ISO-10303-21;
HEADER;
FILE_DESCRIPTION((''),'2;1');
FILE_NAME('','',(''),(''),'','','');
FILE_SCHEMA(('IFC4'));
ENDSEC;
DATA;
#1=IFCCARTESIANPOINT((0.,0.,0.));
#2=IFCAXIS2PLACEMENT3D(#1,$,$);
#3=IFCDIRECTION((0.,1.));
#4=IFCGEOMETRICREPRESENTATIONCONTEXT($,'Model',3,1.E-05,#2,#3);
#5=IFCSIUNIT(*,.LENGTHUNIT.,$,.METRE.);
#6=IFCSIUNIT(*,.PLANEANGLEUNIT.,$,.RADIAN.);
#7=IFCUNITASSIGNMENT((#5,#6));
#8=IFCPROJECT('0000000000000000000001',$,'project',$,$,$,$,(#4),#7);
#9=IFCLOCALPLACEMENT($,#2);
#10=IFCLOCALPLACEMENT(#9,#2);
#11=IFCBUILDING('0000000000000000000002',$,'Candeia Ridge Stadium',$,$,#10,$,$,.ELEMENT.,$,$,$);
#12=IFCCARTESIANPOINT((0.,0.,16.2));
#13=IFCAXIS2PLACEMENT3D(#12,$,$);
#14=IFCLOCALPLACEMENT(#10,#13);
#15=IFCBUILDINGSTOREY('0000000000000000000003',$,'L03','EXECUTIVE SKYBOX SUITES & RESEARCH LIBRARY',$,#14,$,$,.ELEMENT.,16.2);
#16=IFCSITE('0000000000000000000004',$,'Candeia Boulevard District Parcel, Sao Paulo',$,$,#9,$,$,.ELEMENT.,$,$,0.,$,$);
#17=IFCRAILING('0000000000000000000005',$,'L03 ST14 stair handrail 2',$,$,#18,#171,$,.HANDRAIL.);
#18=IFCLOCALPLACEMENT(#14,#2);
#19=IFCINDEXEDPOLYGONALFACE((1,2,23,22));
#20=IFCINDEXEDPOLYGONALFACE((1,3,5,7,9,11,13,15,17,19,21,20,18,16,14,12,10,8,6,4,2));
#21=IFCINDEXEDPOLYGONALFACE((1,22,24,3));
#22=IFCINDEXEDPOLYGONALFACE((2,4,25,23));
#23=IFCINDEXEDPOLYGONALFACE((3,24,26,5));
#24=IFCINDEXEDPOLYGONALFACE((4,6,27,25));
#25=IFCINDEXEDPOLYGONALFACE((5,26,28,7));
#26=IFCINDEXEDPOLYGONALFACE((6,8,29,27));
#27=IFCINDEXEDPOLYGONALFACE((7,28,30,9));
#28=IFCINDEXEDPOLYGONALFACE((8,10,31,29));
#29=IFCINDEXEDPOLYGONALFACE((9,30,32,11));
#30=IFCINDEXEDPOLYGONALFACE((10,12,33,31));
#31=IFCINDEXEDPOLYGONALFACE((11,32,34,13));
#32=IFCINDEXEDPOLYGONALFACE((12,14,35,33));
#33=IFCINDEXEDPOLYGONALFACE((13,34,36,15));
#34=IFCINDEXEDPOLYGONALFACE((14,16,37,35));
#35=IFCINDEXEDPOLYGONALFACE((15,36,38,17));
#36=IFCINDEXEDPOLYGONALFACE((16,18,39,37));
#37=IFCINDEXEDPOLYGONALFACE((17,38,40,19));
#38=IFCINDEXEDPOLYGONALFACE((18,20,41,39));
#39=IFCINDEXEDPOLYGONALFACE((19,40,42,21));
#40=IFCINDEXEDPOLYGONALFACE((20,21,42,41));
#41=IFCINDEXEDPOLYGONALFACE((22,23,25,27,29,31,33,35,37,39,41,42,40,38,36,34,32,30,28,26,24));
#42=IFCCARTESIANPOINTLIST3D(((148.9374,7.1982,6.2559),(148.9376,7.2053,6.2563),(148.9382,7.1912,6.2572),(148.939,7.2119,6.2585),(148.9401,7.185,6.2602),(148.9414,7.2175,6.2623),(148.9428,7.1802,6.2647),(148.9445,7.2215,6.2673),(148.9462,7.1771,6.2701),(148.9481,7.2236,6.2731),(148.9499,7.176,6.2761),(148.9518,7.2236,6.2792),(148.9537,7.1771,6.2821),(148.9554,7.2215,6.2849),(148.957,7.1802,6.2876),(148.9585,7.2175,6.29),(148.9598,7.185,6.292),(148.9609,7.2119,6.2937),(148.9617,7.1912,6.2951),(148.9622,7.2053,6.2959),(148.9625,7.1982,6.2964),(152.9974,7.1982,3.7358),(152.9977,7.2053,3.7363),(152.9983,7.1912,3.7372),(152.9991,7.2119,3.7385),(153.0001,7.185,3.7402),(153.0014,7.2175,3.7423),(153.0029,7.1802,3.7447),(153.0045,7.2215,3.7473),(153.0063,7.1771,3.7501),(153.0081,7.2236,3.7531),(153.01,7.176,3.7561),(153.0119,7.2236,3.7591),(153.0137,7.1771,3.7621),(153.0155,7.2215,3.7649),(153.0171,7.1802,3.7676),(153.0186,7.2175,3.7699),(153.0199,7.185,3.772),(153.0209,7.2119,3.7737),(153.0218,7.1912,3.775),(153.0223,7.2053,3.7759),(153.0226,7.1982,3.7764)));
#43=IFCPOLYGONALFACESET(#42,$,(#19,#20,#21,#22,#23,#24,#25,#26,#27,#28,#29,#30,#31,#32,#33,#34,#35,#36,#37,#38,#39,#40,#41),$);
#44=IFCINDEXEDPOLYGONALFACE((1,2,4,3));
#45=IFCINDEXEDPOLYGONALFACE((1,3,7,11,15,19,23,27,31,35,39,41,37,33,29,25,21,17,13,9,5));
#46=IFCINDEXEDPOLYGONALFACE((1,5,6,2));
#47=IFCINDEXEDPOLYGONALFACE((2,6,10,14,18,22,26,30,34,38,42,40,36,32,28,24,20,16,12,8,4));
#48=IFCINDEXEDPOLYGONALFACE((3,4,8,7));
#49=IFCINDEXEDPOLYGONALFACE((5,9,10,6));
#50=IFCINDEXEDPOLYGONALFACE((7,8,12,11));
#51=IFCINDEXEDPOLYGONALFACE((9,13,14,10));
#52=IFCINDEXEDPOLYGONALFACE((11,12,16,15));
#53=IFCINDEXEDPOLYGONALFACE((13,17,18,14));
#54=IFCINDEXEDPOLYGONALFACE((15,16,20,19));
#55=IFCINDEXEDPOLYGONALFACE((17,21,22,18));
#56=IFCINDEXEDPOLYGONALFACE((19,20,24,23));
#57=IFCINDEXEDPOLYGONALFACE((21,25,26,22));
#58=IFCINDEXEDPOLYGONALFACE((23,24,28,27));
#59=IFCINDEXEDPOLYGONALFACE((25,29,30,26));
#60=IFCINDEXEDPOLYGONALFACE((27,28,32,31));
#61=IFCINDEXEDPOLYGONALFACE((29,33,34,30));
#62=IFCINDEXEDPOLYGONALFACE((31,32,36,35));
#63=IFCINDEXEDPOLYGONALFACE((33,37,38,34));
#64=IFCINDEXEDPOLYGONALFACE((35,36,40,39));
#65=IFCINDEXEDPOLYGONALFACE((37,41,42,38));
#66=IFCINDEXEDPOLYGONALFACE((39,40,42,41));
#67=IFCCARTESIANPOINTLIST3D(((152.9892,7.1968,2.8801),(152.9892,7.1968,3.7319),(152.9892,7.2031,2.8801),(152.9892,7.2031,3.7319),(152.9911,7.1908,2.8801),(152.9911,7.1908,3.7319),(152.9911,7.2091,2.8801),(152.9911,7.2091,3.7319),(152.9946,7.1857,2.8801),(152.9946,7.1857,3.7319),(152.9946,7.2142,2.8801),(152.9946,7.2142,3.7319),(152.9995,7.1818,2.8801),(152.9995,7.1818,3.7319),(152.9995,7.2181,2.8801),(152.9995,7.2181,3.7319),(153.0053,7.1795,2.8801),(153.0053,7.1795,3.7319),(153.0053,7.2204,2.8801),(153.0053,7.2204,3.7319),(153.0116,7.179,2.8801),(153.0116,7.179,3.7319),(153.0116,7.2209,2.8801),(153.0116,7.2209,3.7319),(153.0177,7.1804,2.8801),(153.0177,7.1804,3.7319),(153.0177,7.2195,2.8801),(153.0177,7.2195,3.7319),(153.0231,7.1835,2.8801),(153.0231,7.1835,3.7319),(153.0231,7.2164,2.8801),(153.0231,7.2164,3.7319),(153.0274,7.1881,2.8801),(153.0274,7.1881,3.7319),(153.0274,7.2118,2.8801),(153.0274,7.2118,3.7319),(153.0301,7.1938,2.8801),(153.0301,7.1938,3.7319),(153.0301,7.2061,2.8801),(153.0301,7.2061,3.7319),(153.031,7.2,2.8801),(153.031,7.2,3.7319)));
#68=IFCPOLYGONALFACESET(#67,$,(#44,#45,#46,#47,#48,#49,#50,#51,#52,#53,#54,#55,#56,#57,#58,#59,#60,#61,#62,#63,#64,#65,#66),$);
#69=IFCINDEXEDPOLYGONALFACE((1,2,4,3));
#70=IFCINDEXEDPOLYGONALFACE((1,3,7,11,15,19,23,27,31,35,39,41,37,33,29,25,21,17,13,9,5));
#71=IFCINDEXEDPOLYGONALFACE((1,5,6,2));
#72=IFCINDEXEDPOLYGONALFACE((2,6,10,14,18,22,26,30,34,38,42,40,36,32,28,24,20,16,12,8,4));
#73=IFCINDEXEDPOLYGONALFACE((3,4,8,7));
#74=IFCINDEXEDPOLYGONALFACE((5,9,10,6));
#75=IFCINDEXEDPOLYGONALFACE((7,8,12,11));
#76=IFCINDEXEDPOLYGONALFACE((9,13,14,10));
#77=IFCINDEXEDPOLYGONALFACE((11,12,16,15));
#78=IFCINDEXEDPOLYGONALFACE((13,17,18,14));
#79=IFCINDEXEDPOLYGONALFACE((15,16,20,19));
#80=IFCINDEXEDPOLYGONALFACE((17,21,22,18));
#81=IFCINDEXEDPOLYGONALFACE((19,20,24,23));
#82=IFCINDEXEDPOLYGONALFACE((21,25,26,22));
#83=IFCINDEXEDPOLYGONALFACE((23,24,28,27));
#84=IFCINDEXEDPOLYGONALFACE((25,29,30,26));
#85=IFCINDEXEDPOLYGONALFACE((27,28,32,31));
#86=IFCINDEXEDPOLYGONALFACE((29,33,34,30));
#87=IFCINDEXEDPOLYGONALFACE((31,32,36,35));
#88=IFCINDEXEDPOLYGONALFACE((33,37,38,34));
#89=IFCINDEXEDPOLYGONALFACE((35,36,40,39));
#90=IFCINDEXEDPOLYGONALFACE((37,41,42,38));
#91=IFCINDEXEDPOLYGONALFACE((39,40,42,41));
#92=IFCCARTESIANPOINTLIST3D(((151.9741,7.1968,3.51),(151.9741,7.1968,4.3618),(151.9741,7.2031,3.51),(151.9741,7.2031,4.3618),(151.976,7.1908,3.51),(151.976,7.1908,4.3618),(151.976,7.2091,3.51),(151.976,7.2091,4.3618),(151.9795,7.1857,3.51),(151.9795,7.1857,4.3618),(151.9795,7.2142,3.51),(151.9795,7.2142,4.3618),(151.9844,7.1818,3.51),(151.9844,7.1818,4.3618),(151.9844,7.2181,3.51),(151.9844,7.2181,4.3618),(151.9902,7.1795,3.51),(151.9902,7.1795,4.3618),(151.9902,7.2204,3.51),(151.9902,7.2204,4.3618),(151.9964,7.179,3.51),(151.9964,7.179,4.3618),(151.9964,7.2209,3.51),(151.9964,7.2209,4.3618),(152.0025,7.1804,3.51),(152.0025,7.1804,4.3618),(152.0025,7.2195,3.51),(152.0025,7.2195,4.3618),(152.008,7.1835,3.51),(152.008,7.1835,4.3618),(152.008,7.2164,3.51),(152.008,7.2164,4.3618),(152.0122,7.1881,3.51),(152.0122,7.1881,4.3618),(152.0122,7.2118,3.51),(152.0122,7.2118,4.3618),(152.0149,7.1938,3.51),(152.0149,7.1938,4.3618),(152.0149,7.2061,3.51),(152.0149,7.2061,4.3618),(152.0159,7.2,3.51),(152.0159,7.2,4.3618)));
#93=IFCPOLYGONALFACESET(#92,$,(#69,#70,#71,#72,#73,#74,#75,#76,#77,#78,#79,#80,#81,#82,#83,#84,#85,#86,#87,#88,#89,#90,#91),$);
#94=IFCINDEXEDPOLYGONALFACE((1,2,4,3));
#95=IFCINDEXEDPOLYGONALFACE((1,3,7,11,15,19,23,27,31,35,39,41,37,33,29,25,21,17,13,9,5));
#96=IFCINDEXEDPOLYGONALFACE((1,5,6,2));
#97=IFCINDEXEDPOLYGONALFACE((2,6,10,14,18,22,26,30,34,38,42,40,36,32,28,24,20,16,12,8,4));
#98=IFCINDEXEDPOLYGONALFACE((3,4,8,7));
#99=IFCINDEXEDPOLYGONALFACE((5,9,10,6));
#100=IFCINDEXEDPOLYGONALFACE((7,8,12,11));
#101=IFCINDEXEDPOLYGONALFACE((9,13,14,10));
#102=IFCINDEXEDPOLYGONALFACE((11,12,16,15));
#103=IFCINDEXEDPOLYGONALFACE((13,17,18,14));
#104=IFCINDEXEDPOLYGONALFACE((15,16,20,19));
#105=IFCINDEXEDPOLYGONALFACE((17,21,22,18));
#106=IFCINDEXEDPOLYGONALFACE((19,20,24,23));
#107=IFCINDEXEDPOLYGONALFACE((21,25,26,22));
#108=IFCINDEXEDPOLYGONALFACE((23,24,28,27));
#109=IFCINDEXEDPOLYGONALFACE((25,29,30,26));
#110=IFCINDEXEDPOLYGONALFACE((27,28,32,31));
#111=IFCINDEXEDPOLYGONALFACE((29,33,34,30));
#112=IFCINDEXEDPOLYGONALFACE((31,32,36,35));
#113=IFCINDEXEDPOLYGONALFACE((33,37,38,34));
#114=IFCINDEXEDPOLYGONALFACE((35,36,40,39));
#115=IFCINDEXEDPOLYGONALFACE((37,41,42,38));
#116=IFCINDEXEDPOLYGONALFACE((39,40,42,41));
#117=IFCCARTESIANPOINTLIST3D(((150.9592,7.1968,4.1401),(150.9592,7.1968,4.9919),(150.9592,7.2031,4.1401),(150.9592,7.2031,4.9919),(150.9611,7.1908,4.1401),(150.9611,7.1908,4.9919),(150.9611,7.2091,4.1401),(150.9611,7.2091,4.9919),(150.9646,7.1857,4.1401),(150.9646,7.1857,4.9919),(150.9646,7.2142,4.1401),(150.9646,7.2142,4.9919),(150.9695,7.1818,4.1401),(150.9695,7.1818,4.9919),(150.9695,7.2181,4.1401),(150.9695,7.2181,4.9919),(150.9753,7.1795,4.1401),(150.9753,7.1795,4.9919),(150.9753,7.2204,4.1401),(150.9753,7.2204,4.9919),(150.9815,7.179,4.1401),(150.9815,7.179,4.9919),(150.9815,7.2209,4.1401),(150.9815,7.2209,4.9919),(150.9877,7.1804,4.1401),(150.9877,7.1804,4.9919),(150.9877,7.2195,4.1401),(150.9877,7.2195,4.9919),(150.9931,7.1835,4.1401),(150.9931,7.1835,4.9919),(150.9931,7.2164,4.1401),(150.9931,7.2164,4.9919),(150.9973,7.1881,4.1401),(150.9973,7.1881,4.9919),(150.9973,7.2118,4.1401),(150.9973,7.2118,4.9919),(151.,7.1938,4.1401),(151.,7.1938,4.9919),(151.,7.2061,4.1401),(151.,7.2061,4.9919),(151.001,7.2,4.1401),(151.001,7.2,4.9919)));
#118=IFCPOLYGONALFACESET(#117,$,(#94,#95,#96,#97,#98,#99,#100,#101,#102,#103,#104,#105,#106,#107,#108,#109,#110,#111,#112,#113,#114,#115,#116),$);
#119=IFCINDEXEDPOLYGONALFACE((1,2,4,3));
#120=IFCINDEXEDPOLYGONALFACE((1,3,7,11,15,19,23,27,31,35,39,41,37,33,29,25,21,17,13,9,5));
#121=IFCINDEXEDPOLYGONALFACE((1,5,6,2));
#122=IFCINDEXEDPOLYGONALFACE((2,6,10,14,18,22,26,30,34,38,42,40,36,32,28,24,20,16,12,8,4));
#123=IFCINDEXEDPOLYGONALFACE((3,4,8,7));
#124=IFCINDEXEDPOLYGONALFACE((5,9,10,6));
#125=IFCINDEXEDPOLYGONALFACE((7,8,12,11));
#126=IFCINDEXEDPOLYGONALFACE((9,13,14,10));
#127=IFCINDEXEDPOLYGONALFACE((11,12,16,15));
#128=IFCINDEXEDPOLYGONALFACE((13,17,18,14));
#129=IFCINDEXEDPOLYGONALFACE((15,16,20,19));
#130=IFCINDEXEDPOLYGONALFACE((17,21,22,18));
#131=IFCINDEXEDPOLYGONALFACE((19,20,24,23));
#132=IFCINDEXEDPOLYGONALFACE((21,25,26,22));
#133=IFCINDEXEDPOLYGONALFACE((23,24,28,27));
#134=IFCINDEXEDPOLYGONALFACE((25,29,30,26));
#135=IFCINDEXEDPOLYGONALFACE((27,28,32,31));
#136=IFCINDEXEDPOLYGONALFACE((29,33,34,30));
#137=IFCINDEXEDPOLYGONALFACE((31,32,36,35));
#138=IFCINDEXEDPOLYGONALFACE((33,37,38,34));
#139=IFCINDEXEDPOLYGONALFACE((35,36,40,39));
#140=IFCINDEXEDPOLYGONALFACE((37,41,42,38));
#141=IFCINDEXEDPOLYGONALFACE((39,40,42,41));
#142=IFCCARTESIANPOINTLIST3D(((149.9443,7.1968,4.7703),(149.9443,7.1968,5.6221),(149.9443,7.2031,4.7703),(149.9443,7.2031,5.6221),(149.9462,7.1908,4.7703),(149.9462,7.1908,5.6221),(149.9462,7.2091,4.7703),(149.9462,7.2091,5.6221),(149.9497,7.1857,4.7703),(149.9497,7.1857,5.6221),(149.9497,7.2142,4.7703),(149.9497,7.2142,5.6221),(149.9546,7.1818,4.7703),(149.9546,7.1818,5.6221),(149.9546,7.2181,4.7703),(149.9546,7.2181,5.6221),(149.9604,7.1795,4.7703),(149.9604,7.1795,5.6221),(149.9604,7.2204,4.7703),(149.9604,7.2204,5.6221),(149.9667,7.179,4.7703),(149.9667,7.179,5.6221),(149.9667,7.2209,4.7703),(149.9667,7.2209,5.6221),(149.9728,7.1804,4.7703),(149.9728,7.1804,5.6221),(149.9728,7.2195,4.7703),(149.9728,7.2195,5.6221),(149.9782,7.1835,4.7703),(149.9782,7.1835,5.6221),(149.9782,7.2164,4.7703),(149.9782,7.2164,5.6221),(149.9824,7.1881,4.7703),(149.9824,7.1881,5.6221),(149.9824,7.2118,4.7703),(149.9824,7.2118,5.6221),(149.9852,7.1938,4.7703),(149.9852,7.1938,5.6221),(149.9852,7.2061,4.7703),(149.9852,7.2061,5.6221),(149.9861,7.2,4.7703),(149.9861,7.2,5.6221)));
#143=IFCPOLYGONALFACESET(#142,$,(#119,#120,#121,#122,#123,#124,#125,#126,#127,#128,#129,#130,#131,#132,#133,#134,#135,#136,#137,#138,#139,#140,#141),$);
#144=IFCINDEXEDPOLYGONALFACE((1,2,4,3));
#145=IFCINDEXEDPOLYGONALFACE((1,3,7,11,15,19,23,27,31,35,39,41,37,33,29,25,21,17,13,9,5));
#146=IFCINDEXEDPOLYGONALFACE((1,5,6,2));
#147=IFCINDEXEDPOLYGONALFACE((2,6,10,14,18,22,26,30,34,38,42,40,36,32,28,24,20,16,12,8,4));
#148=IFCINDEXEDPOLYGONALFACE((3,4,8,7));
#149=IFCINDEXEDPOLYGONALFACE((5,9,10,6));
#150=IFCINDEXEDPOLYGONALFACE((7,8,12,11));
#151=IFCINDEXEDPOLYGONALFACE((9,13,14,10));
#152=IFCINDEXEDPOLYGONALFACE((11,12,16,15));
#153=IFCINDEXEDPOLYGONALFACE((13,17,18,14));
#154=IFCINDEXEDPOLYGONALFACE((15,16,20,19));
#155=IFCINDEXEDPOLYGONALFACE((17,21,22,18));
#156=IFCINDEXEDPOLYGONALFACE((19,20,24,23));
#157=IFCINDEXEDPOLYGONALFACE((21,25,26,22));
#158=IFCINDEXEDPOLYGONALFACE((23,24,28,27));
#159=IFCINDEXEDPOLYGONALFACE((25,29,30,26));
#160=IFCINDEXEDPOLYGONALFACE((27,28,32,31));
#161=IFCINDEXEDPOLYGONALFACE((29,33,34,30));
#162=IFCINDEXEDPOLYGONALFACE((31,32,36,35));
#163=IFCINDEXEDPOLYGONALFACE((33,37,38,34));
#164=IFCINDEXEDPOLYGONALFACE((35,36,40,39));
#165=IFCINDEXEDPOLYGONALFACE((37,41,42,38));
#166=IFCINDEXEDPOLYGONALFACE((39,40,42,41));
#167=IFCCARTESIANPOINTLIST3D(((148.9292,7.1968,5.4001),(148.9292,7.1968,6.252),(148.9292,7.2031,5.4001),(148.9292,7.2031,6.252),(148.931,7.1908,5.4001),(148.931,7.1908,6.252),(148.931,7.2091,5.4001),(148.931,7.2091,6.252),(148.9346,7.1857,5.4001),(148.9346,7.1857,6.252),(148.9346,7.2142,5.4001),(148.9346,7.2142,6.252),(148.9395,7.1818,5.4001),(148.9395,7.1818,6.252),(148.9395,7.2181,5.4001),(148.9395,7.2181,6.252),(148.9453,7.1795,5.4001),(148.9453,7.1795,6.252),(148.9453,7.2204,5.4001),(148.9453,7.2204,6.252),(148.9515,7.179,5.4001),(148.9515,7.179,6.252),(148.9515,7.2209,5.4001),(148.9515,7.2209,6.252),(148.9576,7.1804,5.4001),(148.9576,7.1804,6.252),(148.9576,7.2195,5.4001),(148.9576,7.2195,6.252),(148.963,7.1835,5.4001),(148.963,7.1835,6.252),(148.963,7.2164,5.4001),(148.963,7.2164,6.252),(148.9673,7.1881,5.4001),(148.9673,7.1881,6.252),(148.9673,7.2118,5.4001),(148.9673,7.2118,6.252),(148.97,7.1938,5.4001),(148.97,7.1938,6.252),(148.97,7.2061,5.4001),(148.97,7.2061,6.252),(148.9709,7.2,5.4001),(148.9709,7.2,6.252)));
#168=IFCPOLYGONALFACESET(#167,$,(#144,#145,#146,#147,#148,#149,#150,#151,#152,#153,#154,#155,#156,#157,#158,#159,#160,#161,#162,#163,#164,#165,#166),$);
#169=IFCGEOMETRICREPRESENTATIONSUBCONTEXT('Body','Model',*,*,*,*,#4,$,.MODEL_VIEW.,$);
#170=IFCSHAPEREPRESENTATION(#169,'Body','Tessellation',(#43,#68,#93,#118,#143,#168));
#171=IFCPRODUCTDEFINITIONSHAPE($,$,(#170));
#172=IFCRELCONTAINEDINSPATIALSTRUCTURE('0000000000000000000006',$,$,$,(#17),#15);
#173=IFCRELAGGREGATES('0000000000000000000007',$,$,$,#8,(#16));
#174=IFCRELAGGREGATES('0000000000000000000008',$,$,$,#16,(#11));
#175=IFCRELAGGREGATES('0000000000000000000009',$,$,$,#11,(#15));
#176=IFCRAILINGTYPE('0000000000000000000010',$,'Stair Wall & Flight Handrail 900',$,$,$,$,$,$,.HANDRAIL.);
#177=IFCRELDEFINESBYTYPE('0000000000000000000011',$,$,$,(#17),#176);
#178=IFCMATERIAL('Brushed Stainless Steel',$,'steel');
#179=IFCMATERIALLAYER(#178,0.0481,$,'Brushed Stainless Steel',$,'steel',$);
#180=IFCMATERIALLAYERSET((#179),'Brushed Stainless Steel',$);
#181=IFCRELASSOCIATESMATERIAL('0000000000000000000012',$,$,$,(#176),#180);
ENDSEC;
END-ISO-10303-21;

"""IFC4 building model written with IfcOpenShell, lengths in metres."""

from ifc_helpers import new_model, si_unit, direction, frame, origin, origin_2d, place, context, subcontext, project, spatial, circle, extrude, material, layer, layer_set, type_object, element, save


model = new_model("IFC4")

# Units and contexts
model_context = context("Model", 3, precision=1e-05, world=origin(), true_north=direction((0.0, 1.0)))
body_context = subcontext(model_context, "Body", "Model", "MODEL_VIEW")
ifc_project = project(units=[si_unit("LENGTHUNIT", "METRE"), si_unit("PLANEANGLEUNIT", "RADIAN")], contexts=[model_context])

# Site, building, storey
site_placement = place(None, origin())
site = spatial("IfcSite", under=ifc_project, at=site_placement, Name="Candeia Boulevard District Parcel, Sao Paulo", CompositionType="ELEMENT", RefElevation=0.0)
building_placement = place(site_placement, origin())
building = spatial("IfcBuilding", under=site, at=building_placement, Name="Candeia Ridge Stadium", CompositionType="ELEMENT")
storey_placement = place(building_placement, frame((0.0, 0.0, 16.2)))
storey = spatial("IfcBuildingStorey", under=building, at=storey_placement, Name="L03", Description="EXECUTIVE SKYBOX SUITES & RESEARCH LIBRARY", CompositionType="ELEMENT", Elevation=16.2)

# Railing
ifc_material_1 = material(Name="Brushed Stainless Steel", Category="steel")
ifc_layer_1 = layer(ifc_material_1, 0.0481, Name="Brushed Stainless Steel", Category="steel")
ifc_layer_set_1 = layer_set([ifc_layer_1], Name="Brushed Stainless Steel")
railing_type_1 = type_object("IfcRailingType", Name="Stair Wall & Flight Handrail 900", PredefinedType="HANDRAIL", material=ifc_layer_set_1)
railing_1_placement = place(storey_placement, frame((153.01, 7.2, 2.8801)))
element("IfcRailing", 1, at=railing_1_placement, inside=storey, type_object=railing_type_1, Name="L03 ST14 stair handrail 2", PredefinedType="HANDRAIL", context=body_context, shape_type="SweptSolid", body=[
    extrude(circle(Radius=0.0239, at=origin_2d()), frame((0.0, 0.0, 0.876), z_axis=(-0.849642, 0.0, 0.52736), x_axis=(0.0, -1.0, 0.0)), (0.0, 0.0, 1.0), 4.7786),
    extrude(circle(Radius=0.021, at=origin_2d()), origin(), (0.0, 0.0, 1.0), 0.8518),
    extrude(circle(Radius=0.021, at=origin_2d()), frame((-1.0151, 0.0, 0.6299)), (0.0, 0.0, 1.0), 0.8518),
    extrude(circle(Radius=0.021, at=origin_2d()), frame((-2.03, 0.0, 1.26)), (0.0, 0.0, 1.0), 0.8518),
    extrude(circle(Radius=0.021, at=origin_2d()), frame((-3.0449, 0.0, 1.8901)), (0.0, 0.0, 1.0), 0.8518),
    extrude(circle(Radius=0.021, at=origin_2d()), frame((-4.0601, 0.0, 2.52)), (0.0, 0.0, 1.0), 0.8518),
])

save(model, "model.ifc")
